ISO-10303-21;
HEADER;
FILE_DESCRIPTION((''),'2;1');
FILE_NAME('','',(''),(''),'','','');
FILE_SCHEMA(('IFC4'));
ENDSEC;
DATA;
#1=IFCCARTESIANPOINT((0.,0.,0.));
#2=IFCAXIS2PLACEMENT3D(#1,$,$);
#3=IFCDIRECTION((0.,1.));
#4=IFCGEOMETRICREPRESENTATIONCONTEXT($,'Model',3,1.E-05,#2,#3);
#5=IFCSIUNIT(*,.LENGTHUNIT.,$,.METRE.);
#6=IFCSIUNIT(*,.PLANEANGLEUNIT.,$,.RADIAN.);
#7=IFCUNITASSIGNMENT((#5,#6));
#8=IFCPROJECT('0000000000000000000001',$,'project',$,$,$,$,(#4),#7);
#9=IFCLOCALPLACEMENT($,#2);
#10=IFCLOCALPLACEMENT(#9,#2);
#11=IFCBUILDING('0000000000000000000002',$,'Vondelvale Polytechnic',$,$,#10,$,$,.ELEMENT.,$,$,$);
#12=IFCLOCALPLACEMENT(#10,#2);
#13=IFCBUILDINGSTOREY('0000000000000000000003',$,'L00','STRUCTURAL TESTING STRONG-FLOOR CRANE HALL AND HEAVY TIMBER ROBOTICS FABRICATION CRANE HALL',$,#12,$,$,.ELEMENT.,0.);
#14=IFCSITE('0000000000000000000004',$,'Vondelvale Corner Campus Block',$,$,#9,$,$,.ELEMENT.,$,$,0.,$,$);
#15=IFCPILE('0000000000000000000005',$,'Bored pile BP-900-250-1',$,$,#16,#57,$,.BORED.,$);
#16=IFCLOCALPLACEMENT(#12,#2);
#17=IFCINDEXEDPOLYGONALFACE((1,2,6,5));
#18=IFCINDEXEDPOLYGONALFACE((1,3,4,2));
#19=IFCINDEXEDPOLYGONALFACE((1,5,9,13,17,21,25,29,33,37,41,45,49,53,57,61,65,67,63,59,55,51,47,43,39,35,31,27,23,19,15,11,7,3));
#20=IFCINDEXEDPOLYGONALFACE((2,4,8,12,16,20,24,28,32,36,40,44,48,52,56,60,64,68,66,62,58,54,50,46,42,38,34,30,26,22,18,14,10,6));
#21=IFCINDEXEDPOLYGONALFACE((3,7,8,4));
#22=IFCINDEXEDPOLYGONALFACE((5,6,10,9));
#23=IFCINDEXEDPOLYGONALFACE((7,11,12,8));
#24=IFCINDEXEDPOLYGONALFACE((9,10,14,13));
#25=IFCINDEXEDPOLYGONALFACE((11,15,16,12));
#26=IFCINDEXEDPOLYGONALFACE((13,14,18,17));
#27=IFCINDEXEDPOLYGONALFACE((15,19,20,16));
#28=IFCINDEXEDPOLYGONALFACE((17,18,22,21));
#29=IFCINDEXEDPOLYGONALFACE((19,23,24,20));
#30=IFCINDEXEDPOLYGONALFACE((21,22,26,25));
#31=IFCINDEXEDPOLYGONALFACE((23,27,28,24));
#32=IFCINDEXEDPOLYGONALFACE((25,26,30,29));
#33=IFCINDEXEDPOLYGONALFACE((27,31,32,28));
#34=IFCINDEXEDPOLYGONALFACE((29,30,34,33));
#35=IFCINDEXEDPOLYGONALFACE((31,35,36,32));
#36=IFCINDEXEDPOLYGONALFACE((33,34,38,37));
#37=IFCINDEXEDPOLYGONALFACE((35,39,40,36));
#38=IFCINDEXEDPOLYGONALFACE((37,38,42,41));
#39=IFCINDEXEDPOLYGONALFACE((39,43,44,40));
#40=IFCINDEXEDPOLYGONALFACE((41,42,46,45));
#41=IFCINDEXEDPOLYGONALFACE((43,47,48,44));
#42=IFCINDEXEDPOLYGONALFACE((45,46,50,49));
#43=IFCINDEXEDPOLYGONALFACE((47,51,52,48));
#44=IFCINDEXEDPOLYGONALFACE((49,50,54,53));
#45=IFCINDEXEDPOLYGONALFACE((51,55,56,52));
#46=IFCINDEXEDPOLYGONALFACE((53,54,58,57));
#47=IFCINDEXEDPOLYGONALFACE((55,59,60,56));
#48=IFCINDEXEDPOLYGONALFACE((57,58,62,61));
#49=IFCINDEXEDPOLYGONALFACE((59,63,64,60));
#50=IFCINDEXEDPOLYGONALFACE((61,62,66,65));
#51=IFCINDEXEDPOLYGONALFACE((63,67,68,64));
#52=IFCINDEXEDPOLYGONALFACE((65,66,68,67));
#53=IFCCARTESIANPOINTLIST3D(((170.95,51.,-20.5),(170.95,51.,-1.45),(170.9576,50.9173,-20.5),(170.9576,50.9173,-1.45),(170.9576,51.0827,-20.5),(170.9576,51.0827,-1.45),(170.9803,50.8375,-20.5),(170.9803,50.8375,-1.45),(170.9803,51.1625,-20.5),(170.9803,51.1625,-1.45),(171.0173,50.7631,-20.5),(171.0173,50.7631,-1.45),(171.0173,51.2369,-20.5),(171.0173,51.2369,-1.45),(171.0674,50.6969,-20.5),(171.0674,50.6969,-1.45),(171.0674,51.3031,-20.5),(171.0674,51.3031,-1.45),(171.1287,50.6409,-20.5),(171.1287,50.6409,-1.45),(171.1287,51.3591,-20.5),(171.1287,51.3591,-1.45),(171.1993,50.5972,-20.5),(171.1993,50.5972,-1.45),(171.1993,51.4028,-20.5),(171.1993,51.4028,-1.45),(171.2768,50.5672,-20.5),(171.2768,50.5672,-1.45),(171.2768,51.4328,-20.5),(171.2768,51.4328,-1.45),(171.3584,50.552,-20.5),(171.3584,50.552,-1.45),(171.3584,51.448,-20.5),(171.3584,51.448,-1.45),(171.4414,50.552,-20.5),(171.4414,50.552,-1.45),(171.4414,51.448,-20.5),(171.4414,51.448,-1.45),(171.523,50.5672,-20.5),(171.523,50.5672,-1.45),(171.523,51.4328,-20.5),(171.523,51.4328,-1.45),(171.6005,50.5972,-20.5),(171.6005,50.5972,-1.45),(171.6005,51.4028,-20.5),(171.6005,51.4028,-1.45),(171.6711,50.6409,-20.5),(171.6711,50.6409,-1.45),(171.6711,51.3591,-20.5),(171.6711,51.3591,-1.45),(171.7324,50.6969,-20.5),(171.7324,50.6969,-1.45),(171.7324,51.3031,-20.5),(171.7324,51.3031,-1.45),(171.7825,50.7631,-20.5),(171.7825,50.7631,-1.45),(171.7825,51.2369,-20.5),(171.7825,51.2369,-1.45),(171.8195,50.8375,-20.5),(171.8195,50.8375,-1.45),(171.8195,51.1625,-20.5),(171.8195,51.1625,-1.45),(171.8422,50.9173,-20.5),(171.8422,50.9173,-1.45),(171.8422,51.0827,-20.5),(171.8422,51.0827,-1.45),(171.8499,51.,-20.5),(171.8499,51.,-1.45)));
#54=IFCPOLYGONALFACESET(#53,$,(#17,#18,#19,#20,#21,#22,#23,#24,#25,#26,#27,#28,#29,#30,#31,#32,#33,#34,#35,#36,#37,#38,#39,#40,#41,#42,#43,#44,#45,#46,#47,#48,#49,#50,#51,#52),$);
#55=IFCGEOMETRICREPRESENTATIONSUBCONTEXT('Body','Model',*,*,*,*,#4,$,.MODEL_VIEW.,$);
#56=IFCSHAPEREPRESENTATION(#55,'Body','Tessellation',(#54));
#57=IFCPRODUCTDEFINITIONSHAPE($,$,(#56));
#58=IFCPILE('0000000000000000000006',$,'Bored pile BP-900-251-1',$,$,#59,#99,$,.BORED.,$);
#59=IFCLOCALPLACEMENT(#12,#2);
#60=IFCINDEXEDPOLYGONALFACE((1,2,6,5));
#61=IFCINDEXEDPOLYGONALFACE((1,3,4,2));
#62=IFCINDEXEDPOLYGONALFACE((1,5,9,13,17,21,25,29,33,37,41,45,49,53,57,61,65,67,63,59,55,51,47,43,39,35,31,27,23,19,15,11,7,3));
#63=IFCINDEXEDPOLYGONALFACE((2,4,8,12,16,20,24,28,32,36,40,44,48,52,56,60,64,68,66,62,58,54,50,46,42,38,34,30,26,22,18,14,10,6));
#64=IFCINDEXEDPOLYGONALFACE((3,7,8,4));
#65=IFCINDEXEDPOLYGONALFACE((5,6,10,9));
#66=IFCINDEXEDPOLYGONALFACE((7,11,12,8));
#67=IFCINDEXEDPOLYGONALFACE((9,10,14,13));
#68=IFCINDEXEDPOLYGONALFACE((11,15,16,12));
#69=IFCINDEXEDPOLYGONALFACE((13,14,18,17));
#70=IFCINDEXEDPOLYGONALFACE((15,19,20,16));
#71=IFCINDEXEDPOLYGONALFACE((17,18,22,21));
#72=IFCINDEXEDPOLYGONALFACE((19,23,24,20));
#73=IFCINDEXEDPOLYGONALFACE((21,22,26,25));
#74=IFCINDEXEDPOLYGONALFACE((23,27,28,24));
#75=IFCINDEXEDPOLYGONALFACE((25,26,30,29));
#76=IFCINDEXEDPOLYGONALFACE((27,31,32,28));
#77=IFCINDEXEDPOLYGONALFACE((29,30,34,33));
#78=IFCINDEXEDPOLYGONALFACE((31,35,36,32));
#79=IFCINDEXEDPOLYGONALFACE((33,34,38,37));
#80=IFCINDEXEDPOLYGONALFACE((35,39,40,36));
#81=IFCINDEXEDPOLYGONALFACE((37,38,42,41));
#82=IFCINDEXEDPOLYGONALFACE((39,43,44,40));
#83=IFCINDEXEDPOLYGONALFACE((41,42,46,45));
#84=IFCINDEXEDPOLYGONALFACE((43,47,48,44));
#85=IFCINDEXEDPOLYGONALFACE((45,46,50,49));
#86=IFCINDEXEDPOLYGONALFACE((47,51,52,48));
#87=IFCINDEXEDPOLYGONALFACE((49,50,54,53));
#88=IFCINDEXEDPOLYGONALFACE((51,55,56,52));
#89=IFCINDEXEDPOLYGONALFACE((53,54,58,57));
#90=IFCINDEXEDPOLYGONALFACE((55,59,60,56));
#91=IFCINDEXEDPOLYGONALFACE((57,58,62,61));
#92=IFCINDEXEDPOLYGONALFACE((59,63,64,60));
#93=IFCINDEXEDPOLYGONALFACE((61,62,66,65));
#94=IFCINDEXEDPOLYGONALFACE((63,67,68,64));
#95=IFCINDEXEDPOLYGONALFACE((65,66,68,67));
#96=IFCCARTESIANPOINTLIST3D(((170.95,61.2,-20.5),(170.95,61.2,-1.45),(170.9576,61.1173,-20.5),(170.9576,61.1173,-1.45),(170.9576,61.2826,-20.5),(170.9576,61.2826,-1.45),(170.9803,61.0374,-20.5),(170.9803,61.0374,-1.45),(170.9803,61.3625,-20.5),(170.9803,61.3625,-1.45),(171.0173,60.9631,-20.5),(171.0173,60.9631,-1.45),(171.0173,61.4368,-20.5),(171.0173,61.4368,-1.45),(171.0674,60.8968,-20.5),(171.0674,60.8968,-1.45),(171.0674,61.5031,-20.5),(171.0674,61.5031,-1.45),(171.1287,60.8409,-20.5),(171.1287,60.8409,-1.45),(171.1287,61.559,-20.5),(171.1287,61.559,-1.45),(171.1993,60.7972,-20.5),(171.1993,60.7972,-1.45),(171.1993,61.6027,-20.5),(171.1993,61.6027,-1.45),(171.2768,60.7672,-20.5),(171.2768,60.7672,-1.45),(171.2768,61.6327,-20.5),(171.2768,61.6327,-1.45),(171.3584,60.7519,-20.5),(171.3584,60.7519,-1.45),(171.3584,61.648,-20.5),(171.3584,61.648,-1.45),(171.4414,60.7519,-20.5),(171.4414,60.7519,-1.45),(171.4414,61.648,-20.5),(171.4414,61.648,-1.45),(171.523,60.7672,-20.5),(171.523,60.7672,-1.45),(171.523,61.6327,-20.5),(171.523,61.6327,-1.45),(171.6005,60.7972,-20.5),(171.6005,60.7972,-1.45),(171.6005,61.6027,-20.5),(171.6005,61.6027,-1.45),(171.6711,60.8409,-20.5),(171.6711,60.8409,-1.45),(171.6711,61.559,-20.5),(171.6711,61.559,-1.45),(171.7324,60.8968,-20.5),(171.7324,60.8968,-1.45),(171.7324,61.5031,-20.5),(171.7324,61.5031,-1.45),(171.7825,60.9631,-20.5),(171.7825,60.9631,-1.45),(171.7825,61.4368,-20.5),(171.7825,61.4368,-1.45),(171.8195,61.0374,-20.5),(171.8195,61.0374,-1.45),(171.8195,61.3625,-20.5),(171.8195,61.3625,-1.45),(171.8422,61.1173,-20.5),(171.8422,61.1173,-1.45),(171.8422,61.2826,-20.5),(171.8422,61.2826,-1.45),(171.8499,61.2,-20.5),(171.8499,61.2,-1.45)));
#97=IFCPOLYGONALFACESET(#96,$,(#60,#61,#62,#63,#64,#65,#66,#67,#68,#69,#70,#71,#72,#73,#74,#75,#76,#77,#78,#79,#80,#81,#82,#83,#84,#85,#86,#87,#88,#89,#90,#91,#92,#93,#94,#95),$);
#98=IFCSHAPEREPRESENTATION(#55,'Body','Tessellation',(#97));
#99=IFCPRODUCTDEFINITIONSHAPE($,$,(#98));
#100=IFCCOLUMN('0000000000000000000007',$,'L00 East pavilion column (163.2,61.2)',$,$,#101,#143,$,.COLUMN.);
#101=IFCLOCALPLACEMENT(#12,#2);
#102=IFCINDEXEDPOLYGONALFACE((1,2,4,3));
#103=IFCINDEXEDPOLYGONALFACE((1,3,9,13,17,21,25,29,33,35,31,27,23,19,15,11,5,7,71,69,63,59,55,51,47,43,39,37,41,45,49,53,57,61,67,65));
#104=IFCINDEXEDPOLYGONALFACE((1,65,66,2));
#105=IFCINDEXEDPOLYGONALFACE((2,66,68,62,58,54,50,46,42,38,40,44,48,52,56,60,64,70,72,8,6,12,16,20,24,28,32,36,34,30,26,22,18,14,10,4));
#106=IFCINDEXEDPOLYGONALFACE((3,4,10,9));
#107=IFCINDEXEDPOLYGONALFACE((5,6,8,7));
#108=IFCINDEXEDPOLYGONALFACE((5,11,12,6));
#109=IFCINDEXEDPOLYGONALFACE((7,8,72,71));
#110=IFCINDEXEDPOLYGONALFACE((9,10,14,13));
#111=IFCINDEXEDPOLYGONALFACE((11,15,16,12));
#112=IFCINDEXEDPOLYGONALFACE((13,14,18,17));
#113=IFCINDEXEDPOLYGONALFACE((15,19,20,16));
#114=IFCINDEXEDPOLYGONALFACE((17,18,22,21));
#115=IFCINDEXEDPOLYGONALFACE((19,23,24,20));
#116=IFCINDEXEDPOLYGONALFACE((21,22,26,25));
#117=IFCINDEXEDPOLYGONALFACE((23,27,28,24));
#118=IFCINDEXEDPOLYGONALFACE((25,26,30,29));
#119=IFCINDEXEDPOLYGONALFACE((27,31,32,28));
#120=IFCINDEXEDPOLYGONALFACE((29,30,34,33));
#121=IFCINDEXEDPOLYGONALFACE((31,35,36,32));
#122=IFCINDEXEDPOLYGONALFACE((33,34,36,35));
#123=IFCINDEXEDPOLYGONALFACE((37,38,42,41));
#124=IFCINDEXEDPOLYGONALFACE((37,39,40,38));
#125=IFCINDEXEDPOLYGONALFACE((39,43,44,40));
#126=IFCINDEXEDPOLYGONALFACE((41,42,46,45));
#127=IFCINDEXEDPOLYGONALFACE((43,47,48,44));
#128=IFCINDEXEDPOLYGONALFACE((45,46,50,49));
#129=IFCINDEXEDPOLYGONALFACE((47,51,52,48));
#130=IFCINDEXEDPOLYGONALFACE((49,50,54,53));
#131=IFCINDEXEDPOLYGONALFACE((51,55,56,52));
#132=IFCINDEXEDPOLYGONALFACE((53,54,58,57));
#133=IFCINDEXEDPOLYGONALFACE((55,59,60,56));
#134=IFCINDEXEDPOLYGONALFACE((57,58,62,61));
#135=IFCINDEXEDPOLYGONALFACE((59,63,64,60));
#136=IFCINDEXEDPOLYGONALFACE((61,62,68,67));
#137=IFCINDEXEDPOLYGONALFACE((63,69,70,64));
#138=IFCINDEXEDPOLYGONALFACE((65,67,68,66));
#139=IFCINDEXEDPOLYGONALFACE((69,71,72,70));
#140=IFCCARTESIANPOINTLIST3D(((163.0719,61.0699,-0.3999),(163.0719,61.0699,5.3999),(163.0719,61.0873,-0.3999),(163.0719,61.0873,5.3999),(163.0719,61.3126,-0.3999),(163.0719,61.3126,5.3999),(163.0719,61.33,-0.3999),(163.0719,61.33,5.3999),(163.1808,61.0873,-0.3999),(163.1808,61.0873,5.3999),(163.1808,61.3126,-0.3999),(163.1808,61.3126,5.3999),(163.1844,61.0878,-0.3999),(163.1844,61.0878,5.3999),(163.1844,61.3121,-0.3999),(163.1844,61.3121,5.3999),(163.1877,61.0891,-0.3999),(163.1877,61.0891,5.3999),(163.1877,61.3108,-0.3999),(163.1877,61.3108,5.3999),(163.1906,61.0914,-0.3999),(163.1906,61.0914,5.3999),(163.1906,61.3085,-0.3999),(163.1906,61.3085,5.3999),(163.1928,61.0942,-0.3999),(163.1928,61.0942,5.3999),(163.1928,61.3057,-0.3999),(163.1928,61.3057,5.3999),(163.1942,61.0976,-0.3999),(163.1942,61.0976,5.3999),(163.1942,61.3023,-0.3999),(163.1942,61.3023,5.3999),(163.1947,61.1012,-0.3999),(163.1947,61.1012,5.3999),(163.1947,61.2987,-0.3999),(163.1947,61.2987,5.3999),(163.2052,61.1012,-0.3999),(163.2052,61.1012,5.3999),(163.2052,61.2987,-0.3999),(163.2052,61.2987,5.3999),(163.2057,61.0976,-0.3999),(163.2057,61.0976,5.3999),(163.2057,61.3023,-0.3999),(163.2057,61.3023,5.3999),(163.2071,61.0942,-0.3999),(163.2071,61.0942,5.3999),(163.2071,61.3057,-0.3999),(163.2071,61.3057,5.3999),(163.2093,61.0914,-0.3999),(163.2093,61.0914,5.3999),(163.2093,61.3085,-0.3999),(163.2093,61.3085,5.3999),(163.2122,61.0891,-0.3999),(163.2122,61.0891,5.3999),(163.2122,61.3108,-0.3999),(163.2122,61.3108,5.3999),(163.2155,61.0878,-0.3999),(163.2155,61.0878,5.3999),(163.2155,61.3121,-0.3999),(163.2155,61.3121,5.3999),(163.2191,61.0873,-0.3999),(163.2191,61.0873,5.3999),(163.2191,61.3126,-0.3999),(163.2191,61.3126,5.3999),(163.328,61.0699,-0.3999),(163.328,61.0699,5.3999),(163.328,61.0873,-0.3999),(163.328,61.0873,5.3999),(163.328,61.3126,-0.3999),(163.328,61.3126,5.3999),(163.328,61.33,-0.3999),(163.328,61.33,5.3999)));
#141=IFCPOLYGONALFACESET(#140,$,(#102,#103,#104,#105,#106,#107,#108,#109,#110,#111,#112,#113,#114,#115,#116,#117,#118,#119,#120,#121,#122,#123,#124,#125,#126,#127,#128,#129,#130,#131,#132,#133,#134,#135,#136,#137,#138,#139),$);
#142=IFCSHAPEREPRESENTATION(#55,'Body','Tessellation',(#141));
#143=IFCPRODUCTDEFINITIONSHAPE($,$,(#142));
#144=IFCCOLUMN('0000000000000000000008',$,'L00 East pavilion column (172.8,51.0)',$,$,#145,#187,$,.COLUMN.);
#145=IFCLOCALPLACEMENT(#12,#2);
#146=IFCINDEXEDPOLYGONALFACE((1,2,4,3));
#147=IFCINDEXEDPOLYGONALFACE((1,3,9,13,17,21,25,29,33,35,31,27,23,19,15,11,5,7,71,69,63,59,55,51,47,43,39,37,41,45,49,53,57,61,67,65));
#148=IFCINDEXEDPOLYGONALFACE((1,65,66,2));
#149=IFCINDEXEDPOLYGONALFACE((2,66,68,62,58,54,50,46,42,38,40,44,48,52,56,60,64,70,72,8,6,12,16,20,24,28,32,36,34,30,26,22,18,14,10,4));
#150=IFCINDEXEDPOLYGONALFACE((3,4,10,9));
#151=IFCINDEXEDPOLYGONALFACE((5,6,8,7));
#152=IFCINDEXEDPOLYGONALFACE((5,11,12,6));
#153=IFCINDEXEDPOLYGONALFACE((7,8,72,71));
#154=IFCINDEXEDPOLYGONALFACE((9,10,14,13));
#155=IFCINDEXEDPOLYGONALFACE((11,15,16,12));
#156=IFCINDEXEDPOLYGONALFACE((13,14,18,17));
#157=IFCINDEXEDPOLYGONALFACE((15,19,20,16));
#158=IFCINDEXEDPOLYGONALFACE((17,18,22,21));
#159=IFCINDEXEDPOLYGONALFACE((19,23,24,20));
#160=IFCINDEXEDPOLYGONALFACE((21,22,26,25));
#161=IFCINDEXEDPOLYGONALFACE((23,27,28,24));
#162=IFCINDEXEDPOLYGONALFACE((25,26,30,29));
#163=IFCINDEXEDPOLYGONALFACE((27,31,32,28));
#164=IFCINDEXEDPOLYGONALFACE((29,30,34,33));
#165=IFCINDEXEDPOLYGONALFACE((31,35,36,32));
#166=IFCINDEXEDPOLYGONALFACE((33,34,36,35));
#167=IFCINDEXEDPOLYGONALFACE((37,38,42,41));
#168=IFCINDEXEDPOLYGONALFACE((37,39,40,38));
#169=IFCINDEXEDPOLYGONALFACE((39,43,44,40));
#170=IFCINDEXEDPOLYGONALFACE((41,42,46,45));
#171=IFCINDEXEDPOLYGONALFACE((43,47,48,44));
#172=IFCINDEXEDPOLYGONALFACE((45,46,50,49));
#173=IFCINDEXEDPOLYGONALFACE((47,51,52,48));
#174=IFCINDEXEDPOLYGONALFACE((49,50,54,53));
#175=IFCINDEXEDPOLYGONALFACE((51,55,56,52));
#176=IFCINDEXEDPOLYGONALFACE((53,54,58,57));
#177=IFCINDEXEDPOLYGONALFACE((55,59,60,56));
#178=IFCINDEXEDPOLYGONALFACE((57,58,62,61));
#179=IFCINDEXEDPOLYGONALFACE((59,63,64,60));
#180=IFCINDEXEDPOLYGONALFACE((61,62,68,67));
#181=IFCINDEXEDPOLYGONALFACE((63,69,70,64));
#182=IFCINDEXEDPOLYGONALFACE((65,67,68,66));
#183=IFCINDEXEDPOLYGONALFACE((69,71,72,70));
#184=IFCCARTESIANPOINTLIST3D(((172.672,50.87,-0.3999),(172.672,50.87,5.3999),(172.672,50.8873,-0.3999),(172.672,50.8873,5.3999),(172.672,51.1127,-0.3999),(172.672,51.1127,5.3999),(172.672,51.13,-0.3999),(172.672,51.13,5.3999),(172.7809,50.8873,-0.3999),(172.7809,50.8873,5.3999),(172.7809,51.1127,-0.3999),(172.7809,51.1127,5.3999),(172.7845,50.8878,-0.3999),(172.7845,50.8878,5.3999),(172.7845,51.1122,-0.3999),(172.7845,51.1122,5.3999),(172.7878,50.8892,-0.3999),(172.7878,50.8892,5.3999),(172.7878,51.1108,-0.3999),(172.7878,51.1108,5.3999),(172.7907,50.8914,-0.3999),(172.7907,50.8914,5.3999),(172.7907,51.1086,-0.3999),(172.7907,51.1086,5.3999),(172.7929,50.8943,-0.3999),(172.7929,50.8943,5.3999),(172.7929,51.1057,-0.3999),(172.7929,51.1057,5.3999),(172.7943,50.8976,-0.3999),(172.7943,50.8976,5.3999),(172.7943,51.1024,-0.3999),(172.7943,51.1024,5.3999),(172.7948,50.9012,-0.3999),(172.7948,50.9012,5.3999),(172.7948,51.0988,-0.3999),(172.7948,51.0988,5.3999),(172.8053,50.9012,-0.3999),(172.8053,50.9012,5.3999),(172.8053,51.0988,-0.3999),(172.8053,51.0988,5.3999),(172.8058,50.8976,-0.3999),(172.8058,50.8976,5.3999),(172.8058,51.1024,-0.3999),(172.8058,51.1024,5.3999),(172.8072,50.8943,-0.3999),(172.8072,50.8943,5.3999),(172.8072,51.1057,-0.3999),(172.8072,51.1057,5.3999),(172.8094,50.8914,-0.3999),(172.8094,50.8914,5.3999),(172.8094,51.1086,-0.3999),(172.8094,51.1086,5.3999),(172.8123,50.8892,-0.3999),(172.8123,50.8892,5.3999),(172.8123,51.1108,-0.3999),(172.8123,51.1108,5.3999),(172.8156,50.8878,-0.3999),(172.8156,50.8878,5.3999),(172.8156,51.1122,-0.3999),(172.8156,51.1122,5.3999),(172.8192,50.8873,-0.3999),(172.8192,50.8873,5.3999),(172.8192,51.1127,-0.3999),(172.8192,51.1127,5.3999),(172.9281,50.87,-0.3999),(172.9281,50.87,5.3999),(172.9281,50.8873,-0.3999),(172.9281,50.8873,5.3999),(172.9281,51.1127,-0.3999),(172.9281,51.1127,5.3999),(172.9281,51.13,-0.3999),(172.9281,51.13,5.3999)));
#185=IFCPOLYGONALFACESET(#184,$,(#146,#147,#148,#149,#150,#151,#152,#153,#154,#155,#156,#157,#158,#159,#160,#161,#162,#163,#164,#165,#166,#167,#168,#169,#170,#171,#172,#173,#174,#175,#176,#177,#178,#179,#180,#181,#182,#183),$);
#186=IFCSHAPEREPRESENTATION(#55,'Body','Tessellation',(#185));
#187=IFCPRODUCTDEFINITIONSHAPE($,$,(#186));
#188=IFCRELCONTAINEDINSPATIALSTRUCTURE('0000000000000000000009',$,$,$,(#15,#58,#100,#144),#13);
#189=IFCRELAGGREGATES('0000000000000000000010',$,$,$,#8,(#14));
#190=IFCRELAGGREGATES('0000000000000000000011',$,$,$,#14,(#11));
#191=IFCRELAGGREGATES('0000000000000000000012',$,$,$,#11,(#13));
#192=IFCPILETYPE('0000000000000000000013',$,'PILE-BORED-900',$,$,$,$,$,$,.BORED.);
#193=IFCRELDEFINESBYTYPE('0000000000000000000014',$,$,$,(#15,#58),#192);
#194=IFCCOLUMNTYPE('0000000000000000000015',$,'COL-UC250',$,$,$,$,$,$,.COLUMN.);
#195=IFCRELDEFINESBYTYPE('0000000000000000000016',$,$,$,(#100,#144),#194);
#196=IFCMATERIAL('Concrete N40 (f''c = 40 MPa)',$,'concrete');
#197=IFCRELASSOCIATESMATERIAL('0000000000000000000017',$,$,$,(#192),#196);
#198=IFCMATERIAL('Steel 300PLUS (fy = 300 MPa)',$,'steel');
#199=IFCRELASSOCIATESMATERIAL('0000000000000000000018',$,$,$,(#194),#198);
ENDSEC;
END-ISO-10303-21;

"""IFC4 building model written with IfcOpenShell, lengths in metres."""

from ifc_helpers import new_model, si_unit, direction, frame, origin, origin_2d, place, context, subcontext, project, spatial, circle, i_section, extrude, material, material_profile, profile_set, type_object, element, save


model = new_model("IFC4")

# Units and contexts
model_context = context("Model", 3, precision=1e-05, world=origin(), true_north=direction((0.0, 1.0)))
body_context = subcontext(model_context, "Body", "Model", "MODEL_VIEW")
ifc_project = project(units=[si_unit("LENGTHUNIT", "METRE"), si_unit("PLANEANGLEUNIT", "RADIAN")], contexts=[model_context])

# Site, building, storey
site_placement = place(None, origin())
site = spatial("IfcSite", under=ifc_project, at=site_placement, Name="Vondelvale Corner Campus Block", CompositionType="ELEMENT", RefElevation=0.0)
building_placement = place(site_placement, origin())
building = spatial("IfcBuilding", under=site, at=building_placement, Name="Vondelvale Polytechnic", CompositionType="ELEMENT")
storey_placement = place(building_placement, origin())
storey = spatial("IfcBuildingStorey", under=building, at=storey_placement, Name="L00", Description="STRUCTURAL TESTING STRONG-FLOOR CRANE HALL AND HEAVY TIMBER ROBOTICS FABRICATION CRANE HALL", CompositionType="ELEMENT", Elevation=0.0)

# Shared definitions
ifc_material_1 = material(Name="Concrete N40 (f'c = 40 MPa)", Category="concrete")

# Piles
ifc_material_profile_1 = material_profile(ifc_material_1, circle(Radius=0.45, at=origin_2d()), Name="PILE-D900")
ifc_profile_set_1 = profile_set([ifc_material_profile_1], Name="Concrete N40 (f'c = 40 MPa)")
pile_type_1 = type_object("IfcPileType", Name="PILE-BORED-900", PredefinedType="BORED", material=ifc_profile_set_1)
for number, where, z_axis, x_axis, name in (
    (1, (171.3999, 51.0, -1.45), (0.0, 0.0, -1.0), (1.0, 0.0, 0.0), "Bored pile BP-900-250-1"),
    (2, (171.3999, 61.2, -1.45), (0.0, 0.0, -1.0), (1.0, 0.0, 0.0), "Bored pile BP-900-251-1"),
):
    element("IfcPile", number, at=place(storey_placement, frame(where, z_axis=z_axis, x_axis=x_axis)), inside=storey, type_object=pile_type_1, Name=name, PredefinedType="BORED", context=body_context, shape_type="SweptSolid", body=[
        extrude(circle(Radius=0.45, at=origin_2d()), origin(), (0.0, 0.0, 1.0), 19.05),
    ])

# Columns
ifc_material_2 = material(Name="Steel 300PLUS (fy = 300 MPa)", Category="steel")
ifc_material_profile_2 = material_profile(ifc_material_2, i_section(OverallWidth=0.2561, OverallDepth=0.26, WebThickness=0.0105, FlangeThickness=0.0173, FilletRadius=0.0139, at=origin_2d()), Name="250UC89.5")
ifc_profile_set_2 = profile_set([ifc_material_profile_2], Name="Steel 300PLUS (fy = 300 MPa)")
column_type = type_object("IfcColumnType", Name="COL-UC250", PredefinedType="COLUMN", material=ifc_profile_set_2)
for number, where, z_axis, x_axis, name in (
    (3, (163.2, 61.2, -0.3999), (0.0, 0.0, 1.0), (1.0, 0.0, 0.0), "L00 East pavilion column (163.2,61.2)"),
    (4, (172.8, 51.0, -0.3999), (0.0, 0.0, 1.0), (1.0, 0.0, 0.0), "L00 East pavilion column (172.8,51.0)"),
):
    element("IfcColumn", number, at=place(storey_placement, frame(where, z_axis=z_axis, x_axis=x_axis)), inside=storey, type_object=column_type, Name=name, PredefinedType="COLUMN", context=body_context, shape_type="SweptSolid", body=[
        extrude(i_section(OverallWidth=0.2561, OverallDepth=0.26, WebThickness=0.0105, FlangeThickness=0.0173, FilletRadius=0.0139, at=origin_2d()), origin(), (0.0, 0.0, 1.0), 5.7998),
    ])

save(model, "model.ifc")
